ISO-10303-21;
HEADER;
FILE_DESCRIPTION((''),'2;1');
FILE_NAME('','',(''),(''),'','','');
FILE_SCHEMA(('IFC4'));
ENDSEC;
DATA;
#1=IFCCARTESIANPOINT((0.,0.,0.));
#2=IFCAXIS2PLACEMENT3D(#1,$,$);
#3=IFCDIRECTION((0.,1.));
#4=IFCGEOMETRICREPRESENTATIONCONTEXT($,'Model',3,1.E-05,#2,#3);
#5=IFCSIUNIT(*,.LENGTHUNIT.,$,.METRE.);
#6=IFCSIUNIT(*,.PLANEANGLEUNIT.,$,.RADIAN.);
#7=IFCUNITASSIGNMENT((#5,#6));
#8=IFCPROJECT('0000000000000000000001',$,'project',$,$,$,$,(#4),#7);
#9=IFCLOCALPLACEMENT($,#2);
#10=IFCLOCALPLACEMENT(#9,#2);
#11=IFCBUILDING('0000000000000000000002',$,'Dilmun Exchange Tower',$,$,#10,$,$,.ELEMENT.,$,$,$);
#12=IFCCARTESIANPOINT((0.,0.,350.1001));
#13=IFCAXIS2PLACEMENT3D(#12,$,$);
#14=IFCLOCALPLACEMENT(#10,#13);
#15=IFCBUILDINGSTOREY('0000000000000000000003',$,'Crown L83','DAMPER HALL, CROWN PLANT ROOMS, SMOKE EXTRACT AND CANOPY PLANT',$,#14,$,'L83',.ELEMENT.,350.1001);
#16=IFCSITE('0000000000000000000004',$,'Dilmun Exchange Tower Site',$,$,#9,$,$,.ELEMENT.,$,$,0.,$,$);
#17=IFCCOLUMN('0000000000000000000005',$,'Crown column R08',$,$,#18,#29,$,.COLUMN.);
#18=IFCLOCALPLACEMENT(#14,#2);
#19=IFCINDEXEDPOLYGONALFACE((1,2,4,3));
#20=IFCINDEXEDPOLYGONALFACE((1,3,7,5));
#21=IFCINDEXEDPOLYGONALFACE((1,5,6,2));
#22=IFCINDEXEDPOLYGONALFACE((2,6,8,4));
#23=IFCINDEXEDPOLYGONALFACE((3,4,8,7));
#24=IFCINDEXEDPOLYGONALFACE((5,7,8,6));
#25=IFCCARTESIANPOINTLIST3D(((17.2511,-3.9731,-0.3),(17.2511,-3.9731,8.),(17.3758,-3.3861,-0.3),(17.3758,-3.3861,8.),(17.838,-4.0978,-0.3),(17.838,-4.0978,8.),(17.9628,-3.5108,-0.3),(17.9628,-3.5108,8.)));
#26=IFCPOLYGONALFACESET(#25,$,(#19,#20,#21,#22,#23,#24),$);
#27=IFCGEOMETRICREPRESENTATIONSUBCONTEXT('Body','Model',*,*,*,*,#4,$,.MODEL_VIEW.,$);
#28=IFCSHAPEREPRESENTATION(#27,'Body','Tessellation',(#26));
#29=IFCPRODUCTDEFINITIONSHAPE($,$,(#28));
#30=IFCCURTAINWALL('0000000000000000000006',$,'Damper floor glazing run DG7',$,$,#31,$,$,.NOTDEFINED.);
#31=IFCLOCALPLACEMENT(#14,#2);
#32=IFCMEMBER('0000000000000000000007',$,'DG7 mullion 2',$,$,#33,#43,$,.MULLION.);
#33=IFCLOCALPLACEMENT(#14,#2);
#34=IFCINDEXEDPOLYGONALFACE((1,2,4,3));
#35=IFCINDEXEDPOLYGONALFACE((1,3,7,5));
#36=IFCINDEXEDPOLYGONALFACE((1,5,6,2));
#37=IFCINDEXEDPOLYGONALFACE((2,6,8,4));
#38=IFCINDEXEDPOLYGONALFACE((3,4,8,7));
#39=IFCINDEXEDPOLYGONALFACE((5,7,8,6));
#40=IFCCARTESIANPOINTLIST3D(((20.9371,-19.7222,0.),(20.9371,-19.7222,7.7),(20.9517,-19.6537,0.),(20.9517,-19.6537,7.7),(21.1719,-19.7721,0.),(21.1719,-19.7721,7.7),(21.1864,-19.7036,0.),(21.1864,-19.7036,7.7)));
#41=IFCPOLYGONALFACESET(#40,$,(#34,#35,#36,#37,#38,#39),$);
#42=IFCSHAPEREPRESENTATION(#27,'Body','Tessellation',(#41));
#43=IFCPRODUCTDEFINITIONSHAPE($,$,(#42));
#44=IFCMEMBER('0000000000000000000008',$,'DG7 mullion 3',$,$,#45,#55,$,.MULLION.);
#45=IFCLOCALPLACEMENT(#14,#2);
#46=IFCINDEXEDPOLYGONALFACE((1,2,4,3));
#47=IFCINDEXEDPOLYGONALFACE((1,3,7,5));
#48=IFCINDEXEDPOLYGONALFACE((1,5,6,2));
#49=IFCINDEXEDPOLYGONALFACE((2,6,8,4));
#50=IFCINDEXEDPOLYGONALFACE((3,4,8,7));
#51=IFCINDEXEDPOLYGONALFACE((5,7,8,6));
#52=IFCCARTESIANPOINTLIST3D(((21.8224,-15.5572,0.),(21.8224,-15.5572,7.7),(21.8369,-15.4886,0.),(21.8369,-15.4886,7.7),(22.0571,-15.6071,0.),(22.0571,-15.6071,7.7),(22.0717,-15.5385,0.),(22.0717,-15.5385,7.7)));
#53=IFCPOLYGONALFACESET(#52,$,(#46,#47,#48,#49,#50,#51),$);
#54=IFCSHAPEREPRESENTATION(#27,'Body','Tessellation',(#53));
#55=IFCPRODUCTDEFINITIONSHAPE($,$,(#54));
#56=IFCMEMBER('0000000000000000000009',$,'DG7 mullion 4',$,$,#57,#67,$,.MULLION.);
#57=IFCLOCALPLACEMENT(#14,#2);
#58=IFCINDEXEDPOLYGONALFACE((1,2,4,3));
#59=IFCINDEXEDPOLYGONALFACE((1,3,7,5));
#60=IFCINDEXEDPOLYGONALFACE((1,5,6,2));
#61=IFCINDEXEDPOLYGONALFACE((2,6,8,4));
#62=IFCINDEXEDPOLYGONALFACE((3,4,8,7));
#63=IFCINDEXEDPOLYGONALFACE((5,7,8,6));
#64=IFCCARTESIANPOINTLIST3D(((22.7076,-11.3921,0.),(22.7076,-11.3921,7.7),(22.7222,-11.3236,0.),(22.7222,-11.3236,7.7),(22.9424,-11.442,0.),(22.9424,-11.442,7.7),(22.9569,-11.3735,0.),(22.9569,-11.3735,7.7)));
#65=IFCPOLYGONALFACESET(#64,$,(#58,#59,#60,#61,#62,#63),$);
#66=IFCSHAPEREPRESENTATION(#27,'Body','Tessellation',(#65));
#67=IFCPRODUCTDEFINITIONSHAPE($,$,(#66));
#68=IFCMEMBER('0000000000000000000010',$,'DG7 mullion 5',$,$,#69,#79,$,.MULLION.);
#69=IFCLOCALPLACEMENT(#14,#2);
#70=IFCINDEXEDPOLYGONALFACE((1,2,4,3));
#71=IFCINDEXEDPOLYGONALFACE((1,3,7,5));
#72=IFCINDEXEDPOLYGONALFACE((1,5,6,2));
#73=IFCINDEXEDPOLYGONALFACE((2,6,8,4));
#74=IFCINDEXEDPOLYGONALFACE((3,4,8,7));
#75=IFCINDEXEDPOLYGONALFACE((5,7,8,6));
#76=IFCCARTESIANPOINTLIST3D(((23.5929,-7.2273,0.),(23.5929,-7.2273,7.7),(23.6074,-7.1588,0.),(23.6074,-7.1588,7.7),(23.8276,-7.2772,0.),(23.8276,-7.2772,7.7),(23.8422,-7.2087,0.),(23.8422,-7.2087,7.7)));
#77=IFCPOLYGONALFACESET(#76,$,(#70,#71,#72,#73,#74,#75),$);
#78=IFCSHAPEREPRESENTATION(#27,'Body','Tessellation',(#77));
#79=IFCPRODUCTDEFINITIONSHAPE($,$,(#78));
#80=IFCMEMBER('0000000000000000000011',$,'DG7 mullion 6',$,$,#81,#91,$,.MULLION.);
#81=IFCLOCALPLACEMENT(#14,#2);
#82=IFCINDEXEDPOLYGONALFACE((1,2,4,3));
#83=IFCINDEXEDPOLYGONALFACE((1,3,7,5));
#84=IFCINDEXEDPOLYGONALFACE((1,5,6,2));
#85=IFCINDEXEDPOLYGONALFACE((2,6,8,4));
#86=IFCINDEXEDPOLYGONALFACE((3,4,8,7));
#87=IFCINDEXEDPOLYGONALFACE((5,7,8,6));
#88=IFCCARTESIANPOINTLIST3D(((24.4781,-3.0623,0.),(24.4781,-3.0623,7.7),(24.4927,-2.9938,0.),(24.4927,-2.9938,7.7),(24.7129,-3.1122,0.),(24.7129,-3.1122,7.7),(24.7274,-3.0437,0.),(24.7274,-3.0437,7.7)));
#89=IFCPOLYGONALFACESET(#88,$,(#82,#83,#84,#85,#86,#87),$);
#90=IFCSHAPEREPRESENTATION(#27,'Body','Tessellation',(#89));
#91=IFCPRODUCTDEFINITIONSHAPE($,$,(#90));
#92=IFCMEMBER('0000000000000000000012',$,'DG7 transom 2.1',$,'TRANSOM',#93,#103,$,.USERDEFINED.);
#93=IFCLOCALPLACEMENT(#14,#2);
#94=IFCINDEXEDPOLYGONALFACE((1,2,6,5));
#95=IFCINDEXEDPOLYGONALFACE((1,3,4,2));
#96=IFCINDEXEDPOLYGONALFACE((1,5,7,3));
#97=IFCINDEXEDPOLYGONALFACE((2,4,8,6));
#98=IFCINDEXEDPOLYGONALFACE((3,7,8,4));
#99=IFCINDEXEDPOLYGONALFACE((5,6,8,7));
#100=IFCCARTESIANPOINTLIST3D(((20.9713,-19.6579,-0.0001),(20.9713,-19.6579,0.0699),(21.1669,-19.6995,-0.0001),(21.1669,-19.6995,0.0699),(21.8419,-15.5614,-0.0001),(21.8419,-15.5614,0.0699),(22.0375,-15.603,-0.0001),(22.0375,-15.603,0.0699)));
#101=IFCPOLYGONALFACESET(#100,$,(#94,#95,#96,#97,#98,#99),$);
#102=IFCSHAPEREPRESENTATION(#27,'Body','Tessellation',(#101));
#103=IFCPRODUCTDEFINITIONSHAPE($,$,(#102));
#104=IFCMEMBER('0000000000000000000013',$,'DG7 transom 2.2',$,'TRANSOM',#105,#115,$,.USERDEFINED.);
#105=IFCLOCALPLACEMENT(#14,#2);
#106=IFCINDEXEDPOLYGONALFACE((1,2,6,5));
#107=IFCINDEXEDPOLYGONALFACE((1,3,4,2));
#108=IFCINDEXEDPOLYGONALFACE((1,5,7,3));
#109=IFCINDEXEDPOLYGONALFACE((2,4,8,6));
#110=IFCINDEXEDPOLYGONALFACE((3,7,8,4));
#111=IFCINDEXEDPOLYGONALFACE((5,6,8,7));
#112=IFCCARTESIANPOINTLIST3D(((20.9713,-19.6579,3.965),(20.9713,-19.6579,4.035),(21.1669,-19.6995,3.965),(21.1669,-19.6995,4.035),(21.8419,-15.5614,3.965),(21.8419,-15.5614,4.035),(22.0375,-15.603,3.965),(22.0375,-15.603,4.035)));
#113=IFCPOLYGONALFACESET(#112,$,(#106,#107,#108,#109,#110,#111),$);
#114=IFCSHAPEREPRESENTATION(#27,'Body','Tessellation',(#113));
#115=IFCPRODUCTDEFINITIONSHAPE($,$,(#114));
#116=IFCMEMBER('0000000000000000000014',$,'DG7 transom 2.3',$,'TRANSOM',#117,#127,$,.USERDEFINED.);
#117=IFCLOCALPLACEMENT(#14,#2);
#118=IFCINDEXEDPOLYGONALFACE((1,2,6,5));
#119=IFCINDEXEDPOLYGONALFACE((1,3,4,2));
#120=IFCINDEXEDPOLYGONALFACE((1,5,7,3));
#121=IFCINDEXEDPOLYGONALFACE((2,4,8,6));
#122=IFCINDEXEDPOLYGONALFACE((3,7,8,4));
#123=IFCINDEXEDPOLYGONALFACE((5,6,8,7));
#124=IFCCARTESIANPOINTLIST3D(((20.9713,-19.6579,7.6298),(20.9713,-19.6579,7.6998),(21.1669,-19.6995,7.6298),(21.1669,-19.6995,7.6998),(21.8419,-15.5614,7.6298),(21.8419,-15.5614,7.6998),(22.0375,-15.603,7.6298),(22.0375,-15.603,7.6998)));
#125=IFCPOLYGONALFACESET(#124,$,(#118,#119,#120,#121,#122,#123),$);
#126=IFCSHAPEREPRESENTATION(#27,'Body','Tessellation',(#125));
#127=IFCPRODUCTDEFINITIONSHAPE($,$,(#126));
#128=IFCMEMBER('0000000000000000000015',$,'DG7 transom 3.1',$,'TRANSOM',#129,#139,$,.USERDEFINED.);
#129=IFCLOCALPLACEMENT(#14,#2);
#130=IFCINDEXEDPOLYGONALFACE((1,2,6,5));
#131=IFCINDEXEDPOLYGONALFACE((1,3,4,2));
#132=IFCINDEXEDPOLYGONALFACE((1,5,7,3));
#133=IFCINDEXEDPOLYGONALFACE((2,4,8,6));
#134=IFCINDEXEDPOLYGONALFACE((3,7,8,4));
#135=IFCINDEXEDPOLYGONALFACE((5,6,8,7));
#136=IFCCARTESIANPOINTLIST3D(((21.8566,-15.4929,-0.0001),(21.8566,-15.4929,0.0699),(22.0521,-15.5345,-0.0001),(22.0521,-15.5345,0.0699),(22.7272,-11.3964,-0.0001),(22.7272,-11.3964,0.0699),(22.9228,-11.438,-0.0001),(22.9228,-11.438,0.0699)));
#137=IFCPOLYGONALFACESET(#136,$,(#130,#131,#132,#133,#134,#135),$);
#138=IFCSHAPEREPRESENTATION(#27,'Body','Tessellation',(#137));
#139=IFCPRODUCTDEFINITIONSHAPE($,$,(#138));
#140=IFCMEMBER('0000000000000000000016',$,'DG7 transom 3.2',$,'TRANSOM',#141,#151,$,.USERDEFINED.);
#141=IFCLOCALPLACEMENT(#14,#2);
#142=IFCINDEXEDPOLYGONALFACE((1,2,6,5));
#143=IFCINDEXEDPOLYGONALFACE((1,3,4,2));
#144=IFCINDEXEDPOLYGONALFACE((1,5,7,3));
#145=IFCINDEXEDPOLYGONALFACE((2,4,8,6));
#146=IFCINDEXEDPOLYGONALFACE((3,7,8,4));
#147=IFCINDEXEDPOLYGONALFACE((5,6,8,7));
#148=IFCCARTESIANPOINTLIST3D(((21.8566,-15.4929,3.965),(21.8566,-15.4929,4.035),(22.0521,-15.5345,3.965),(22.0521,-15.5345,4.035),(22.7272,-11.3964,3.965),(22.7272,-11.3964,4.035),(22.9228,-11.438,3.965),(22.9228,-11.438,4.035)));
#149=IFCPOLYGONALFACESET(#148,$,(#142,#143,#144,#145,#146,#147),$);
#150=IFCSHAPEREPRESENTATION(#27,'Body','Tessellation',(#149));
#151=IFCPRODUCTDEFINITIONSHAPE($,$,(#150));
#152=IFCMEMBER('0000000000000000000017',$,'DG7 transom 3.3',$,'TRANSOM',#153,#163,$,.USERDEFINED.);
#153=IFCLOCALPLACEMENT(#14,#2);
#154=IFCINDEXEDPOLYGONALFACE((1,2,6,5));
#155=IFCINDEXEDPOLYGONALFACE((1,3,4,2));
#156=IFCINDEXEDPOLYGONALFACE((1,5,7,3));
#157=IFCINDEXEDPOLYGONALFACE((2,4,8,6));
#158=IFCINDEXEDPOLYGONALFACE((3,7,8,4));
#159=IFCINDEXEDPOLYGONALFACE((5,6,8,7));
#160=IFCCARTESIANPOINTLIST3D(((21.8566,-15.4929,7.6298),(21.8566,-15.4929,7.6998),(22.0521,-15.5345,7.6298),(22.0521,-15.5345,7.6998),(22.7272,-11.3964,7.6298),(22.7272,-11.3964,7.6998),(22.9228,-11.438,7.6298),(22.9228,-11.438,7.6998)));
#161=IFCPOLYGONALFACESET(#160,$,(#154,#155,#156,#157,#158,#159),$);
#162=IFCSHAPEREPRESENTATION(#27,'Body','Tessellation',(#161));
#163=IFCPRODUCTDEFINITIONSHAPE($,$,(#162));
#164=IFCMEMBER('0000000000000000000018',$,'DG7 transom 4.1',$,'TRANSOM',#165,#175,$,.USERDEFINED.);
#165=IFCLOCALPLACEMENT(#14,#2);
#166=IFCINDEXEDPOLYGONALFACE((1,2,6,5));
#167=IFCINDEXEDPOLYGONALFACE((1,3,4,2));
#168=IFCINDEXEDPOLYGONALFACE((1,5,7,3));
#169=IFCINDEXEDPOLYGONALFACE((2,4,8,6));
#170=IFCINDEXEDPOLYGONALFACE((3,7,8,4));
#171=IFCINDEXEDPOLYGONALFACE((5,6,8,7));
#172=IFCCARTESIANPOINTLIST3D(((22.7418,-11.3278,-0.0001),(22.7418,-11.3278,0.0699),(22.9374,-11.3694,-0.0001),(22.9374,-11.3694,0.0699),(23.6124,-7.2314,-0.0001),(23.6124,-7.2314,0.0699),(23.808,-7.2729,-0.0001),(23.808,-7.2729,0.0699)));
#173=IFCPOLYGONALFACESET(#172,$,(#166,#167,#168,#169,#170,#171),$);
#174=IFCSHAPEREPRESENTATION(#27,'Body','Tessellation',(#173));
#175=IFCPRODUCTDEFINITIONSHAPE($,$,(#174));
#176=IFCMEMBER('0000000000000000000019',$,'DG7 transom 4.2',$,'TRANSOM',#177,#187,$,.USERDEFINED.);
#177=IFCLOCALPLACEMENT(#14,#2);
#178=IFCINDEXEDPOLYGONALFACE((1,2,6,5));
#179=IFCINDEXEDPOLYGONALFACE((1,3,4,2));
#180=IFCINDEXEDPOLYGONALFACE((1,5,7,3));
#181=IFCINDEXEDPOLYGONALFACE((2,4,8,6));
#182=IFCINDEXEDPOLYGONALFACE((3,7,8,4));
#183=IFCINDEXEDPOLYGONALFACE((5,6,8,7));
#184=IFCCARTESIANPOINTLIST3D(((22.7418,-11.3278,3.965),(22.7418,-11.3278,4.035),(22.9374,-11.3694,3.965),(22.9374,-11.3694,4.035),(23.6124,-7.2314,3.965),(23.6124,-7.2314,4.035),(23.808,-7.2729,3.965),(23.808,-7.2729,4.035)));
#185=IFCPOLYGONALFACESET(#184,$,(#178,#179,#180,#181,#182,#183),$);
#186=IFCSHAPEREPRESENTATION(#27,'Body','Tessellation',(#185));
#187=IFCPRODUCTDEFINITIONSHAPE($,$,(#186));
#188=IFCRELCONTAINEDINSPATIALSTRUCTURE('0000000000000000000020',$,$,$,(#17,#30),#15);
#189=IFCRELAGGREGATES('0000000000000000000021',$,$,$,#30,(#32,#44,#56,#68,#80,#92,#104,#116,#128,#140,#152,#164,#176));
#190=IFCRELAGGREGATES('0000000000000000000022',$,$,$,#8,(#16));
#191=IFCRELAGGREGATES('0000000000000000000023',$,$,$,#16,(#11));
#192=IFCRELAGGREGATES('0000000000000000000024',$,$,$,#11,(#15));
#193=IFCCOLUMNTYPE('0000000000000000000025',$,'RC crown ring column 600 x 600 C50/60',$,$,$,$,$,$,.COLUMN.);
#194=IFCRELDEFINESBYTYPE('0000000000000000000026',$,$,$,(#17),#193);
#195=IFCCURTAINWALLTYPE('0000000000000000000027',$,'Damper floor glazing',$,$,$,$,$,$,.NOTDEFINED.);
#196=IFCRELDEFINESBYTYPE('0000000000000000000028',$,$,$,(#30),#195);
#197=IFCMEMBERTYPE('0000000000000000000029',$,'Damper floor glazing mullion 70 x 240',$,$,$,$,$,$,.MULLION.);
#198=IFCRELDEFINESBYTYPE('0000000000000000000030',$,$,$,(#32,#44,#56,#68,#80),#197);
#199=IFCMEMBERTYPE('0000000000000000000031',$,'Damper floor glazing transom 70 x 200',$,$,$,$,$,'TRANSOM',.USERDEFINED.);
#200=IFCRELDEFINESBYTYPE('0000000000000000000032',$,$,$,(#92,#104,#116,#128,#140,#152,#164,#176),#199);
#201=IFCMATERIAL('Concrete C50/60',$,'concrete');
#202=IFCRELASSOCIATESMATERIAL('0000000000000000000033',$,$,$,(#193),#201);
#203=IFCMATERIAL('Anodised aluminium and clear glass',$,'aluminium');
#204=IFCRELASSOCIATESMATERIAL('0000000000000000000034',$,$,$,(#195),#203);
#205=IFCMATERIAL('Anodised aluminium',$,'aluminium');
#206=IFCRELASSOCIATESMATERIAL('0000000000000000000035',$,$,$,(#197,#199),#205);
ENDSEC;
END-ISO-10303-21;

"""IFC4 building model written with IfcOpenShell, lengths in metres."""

from ifc_helpers import new_model, si_unit, direction, frame, origin, origin_2d, place, context, subcontext, project, spatial, rectangle, extrude, material, material_profile, profile_set, type_object, element, aggregate, save


model = new_model("IFC4")

# Units and contexts
model_context = context("Model", 3, precision=1e-05, world=origin(), true_north=direction((0.0, 1.0)))
body_context = subcontext(model_context, "Body", "Model", "MODEL_VIEW")
ifc_project = project(units=[si_unit("LENGTHUNIT", "METRE"), si_unit("PLANEANGLEUNIT", "RADIAN")], contexts=[model_context])

# Site, building, storey
site_placement = place(None, origin())
site = spatial("IfcSite", under=ifc_project, at=site_placement, Name="Dilmun Exchange Tower Site", CompositionType="ELEMENT", RefElevation=0.0)
building_placement = place(site_placement, origin())
building = spatial("IfcBuilding", under=site, at=building_placement, Name="Dilmun Exchange Tower", CompositionType="ELEMENT")
storey_placement = place(building_placement, frame((0.0, 0.0, 350.1001)))
storey = spatial("IfcBuildingStorey", under=building, at=storey_placement, Name="Crown L83", Description="DAMPER HALL, CROWN PLANT ROOMS, SMOKE EXTRACT AND CANOPY PLANT", LongName="L83", CompositionType="ELEMENT", Elevation=350.1001)

# Column
ifc_material_1 = material(Name="Concrete C50/60", Category="concrete")
ifc_material_profile_1 = material_profile(ifc_material_1, rectangle(XDim=0.6001, YDim=0.6001, at=origin_2d()), Name="600 x 600")
ifc_profile_set_1 = profile_set([ifc_material_profile_1], Name="Concrete C50/60")
column_type = type_object("IfcColumnType", Name="RC crown ring column 600 x 600 C50/60", PredefinedType="COLUMN", material=ifc_profile_set_1)
column_placement = place(storey_placement, frame((17.6069, -3.7419, -0.3), z_axis=(0.0, 0.0, 1.0), x_axis=(0.207912, 0.978148, 0.0)))
element("IfcColumn", 1, at=column_placement, inside=storey, type_object=column_type, Name="Crown column R08", PredefinedType="COLUMN", context=body_context, shape_type="SweptSolid", body=[
    extrude(rectangle(XDim=0.6001, YDim=0.6001, at=origin_2d()), origin(), (0.0, 0.0, 1.0), 8.3),
])

# Curtain wall, members
ifc_material_2 = material(Name="Anodised aluminium and clear glass", Category="aluminium")
curtain_wall_type = type_object("IfcCurtainWallType", Name="Damper floor glazing", PredefinedType="NOTDEFINED", material=ifc_material_2)
curtain_wall_placement = place(storey_placement, origin())
curtain_wall = element("IfcCurtainWall", 2, at=curtain_wall_placement, inside=storey, type_object=curtain_wall_type, Name="Damper floor glazing run DG7", PredefinedType="NOTDEFINED")
ifc_material_3 = material(Name="Anodised aluminium", Category="aluminium")
ifc_material_profile_2 = material_profile(ifc_material_3, rectangle(XDim=0.24, YDim=0.0701, at=origin_2d()), Name="AL 70x240")
ifc_profile_set_2 = profile_set([ifc_material_profile_2], Name="Anodised aluminium")
member_type_1 = type_object("IfcMemberType", Name="Damper floor glazing mullion 70 x 240", PredefinedType="MULLION", material=ifc_profile_set_2)
member_1_placement = place(storey_placement, frame((21.0618, -19.7129, 0.0), z_axis=(0.0, 0.0, 1.0), x_axis=(-0.978147, 0.207913, 0.0)))
member_1 = element("IfcMember", 3, at=member_1_placement, type_object=member_type_1, Name="DG7 mullion 2", PredefinedType="MULLION", context=body_context, shape_type="SweptSolid", body=[
    extrude(rectangle(XDim=0.24, YDim=0.0701, at=origin_2d()), origin(), (0.0, 0.0, 1.0), 7.7),
])
member_2_placement = place(storey_placement, frame((21.947, -15.5479, 0.0), z_axis=(0.0, 0.0, 1.0), x_axis=(-0.978147, 0.207913, 0.0)))
member_2 = element("IfcMember", 4, at=member_2_placement, type_object=member_type_1, Name="DG7 mullion 3", PredefinedType="MULLION", context=body_context, shape_type="SweptSolid", body=[
    extrude(rectangle(XDim=0.24, YDim=0.0701, at=origin_2d()), origin(), (0.0, 0.0, 1.0), 7.7),
])
member_3_placement = place(storey_placement, frame((22.8323, -11.3828, 0.0), z_axis=(0.0, 0.0, 1.0), x_axis=(-0.978147, 0.207913, 0.0)))
member_3 = element("IfcMember", 5, at=member_3_placement, type_object=member_type_1, Name="DG7 mullion 4", PredefinedType="MULLION", context=body_context, shape_type="SweptSolid", body=[
    extrude(rectangle(XDim=0.24, YDim=0.0701, at=origin_2d()), origin(), (0.0, 0.0, 1.0), 7.7),
])
member_4_placement = place(storey_placement, frame((23.7175, -7.218, 0.0), z_axis=(0.0, 0.0, 1.0), x_axis=(-0.978147, 0.207913, 0.0)))
member_4 = element("IfcMember", 6, at=member_4_placement, type_object=member_type_1, Name="DG7 mullion 5", PredefinedType="MULLION", context=body_context, shape_type="SweptSolid", body=[
    extrude(rectangle(XDim=0.24, YDim=0.0701, at=origin_2d()), origin(), (0.0, 0.0, 1.0), 7.7),
])
member_5_placement = place(storey_placement, frame((24.6028, -3.053, 0.0), z_axis=(0.0, 0.0, 1.0), x_axis=(-0.978147, 0.207913, 0.0)))
member_5 = element("IfcMember", 7, at=member_5_placement, type_object=member_type_1, Name="DG7 mullion 6", PredefinedType="MULLION", context=body_context, shape_type="SweptSolid", body=[
    extrude(rectangle(XDim=0.24, YDim=0.0701, at=origin_2d()), origin(), (0.0, 0.0, 1.0), 7.7),
])
ifc_material_profile_3 = material_profile(ifc_material_3, rectangle(XDim=0.2, YDim=0.0701, at=origin_2d()), Name="AL 70x200")
ifc_profile_set_3 = profile_set([ifc_material_profile_3], Name="Anodised aluminium")
member_type_2 = type_object("IfcMemberType", Name="Damper floor glazing transom 70 x 200", ElementType="TRANSOM", PredefinedType="USERDEFINED", material=ifc_profile_set_3)
member_6_placement = place(storey_placement, frame((21.0691, -19.6787, 0.0349), z_axis=(0.207885, 0.978153, 0.0), x_axis=(-0.978153, 0.207885, 0.0)))
member_6 = element("IfcMember", 8, at=member_6_placement, type_object=member_type_2, Name="DG7 transom 2.1", ObjectType="TRANSOM", PredefinedType="USERDEFINED", context=body_context, shape_type="SweptSolid", body=[
    extrude(rectangle(XDim=0.2, YDim=0.0701, at=origin_2d()), origin(), (0.0, 0.0, 1.0), 4.188),
])
member_7_placement = place(storey_placement, frame((21.0691, -19.6787, 4.0), z_axis=(0.207885, 0.978153, 0.0), x_axis=(-0.978153, 0.207885, 0.0)))
member_7 = element("IfcMember", 9, at=member_7_placement, type_object=member_type_2, Name="DG7 transom 2.2", ObjectType="TRANSOM", PredefinedType="USERDEFINED", context=body_context, shape_type="SweptSolid", body=[
    extrude(rectangle(XDim=0.2, YDim=0.0701, at=origin_2d()), origin(), (0.0, 0.0, 1.0), 4.188),
])
member_8_placement = place(storey_placement, frame((21.0691, -19.6787, 7.6648), z_axis=(0.207885, 0.978153, 0.0), x_axis=(-0.978153, 0.207885, 0.0)))
member_8 = element("IfcMember", 10, at=member_8_placement, type_object=member_type_2, Name="DG7 transom 2.3", ObjectType="TRANSOM", PredefinedType="USERDEFINED", context=body_context, shape_type="SweptSolid", body=[
    extrude(rectangle(XDim=0.2, YDim=0.0701, at=origin_2d()), origin(), (0.0, 0.0, 1.0), 4.188),
])
member_9_placement = place(storey_placement, frame((21.9543, -15.5137, 0.0349), z_axis=(0.207885, 0.978153, 0.0), x_axis=(-0.978153, 0.207885, 0.0)))
member_9 = element("IfcMember", 11, at=member_9_placement, type_object=member_type_2, Name="DG7 transom 3.1", ObjectType="TRANSOM", PredefinedType="USERDEFINED", context=body_context, shape_type="SweptSolid", body=[
    extrude(rectangle(XDim=0.2, YDim=0.0701, at=origin_2d()), origin(), (0.0, 0.0, 1.0), 4.188),
])
member_10_placement = place(storey_placement, frame((21.9543, -15.5137, 4.0), z_axis=(0.207885, 0.978153, 0.0), x_axis=(-0.978153, 0.207885, 0.0)))
member_10 = element("IfcMember", 12, at=member_10_placement, type_object=member_type_2, Name="DG7 transom 3.2", ObjectType="TRANSOM", PredefinedType="USERDEFINED", context=body_context, shape_type="SweptSolid", body=[
    extrude(rectangle(XDim=0.2, YDim=0.0701, at=origin_2d()), origin(), (0.0, 0.0, 1.0), 4.188),
])
member_11_placement = place(storey_placement, frame((21.9543, -15.5137, 7.6648), z_axis=(0.207885, 0.978153, 0.0), x_axis=(-0.978153, 0.207885, 0.0)))
member_11 = element("IfcMember", 13, at=member_11_placement, type_object=member_type_2, Name="DG7 transom 3.3", ObjectType="TRANSOM", PredefinedType="USERDEFINED", context=body_context, shape_type="SweptSolid", body=[
    extrude(rectangle(XDim=0.2, YDim=0.0701, at=origin_2d()), origin(), (0.0, 0.0, 1.0), 4.188),
])
member_12_placement = place(storey_placement, frame((22.8396, -11.3486, 0.0349), z_axis=(0.207885, 0.978153, 0.0), x_axis=(-0.978153, 0.207885, 0.0)))
member_12 = element("IfcMember", 14, at=member_12_placement, type_object=member_type_2, Name="DG7 transom 4.1", ObjectType="TRANSOM", PredefinedType="USERDEFINED", context=body_context, shape_type="SweptSolid", body=[
    extrude(rectangle(XDim=0.2, YDim=0.0701, at=origin_2d()), origin(), (0.0, 0.0, 1.0), 4.188),
])
member_13_placement = place(storey_placement, frame((22.8396, -11.3486, 4.0), z_axis=(0.207885, 0.978153, 0.0), x_axis=(-0.978153, 0.207885, 0.0)))
member_13 = element("IfcMember", 15, at=member_13_placement, type_object=member_type_2, Name="DG7 transom 4.2", ObjectType="TRANSOM", PredefinedType="USERDEFINED", context=body_context, shape_type="SweptSolid", body=[
    extrude(rectangle(XDim=0.2, YDim=0.0701, at=origin_2d()), origin(), (0.0, 0.0, 1.0), 4.188),
])

aggregate(curtain_wall, [member_1, member_2, member_3, member_4, member_5, member_6, member_7, member_8, member_9, member_10, member_11, member_12, member_13])

save(model, "model.ifc")
